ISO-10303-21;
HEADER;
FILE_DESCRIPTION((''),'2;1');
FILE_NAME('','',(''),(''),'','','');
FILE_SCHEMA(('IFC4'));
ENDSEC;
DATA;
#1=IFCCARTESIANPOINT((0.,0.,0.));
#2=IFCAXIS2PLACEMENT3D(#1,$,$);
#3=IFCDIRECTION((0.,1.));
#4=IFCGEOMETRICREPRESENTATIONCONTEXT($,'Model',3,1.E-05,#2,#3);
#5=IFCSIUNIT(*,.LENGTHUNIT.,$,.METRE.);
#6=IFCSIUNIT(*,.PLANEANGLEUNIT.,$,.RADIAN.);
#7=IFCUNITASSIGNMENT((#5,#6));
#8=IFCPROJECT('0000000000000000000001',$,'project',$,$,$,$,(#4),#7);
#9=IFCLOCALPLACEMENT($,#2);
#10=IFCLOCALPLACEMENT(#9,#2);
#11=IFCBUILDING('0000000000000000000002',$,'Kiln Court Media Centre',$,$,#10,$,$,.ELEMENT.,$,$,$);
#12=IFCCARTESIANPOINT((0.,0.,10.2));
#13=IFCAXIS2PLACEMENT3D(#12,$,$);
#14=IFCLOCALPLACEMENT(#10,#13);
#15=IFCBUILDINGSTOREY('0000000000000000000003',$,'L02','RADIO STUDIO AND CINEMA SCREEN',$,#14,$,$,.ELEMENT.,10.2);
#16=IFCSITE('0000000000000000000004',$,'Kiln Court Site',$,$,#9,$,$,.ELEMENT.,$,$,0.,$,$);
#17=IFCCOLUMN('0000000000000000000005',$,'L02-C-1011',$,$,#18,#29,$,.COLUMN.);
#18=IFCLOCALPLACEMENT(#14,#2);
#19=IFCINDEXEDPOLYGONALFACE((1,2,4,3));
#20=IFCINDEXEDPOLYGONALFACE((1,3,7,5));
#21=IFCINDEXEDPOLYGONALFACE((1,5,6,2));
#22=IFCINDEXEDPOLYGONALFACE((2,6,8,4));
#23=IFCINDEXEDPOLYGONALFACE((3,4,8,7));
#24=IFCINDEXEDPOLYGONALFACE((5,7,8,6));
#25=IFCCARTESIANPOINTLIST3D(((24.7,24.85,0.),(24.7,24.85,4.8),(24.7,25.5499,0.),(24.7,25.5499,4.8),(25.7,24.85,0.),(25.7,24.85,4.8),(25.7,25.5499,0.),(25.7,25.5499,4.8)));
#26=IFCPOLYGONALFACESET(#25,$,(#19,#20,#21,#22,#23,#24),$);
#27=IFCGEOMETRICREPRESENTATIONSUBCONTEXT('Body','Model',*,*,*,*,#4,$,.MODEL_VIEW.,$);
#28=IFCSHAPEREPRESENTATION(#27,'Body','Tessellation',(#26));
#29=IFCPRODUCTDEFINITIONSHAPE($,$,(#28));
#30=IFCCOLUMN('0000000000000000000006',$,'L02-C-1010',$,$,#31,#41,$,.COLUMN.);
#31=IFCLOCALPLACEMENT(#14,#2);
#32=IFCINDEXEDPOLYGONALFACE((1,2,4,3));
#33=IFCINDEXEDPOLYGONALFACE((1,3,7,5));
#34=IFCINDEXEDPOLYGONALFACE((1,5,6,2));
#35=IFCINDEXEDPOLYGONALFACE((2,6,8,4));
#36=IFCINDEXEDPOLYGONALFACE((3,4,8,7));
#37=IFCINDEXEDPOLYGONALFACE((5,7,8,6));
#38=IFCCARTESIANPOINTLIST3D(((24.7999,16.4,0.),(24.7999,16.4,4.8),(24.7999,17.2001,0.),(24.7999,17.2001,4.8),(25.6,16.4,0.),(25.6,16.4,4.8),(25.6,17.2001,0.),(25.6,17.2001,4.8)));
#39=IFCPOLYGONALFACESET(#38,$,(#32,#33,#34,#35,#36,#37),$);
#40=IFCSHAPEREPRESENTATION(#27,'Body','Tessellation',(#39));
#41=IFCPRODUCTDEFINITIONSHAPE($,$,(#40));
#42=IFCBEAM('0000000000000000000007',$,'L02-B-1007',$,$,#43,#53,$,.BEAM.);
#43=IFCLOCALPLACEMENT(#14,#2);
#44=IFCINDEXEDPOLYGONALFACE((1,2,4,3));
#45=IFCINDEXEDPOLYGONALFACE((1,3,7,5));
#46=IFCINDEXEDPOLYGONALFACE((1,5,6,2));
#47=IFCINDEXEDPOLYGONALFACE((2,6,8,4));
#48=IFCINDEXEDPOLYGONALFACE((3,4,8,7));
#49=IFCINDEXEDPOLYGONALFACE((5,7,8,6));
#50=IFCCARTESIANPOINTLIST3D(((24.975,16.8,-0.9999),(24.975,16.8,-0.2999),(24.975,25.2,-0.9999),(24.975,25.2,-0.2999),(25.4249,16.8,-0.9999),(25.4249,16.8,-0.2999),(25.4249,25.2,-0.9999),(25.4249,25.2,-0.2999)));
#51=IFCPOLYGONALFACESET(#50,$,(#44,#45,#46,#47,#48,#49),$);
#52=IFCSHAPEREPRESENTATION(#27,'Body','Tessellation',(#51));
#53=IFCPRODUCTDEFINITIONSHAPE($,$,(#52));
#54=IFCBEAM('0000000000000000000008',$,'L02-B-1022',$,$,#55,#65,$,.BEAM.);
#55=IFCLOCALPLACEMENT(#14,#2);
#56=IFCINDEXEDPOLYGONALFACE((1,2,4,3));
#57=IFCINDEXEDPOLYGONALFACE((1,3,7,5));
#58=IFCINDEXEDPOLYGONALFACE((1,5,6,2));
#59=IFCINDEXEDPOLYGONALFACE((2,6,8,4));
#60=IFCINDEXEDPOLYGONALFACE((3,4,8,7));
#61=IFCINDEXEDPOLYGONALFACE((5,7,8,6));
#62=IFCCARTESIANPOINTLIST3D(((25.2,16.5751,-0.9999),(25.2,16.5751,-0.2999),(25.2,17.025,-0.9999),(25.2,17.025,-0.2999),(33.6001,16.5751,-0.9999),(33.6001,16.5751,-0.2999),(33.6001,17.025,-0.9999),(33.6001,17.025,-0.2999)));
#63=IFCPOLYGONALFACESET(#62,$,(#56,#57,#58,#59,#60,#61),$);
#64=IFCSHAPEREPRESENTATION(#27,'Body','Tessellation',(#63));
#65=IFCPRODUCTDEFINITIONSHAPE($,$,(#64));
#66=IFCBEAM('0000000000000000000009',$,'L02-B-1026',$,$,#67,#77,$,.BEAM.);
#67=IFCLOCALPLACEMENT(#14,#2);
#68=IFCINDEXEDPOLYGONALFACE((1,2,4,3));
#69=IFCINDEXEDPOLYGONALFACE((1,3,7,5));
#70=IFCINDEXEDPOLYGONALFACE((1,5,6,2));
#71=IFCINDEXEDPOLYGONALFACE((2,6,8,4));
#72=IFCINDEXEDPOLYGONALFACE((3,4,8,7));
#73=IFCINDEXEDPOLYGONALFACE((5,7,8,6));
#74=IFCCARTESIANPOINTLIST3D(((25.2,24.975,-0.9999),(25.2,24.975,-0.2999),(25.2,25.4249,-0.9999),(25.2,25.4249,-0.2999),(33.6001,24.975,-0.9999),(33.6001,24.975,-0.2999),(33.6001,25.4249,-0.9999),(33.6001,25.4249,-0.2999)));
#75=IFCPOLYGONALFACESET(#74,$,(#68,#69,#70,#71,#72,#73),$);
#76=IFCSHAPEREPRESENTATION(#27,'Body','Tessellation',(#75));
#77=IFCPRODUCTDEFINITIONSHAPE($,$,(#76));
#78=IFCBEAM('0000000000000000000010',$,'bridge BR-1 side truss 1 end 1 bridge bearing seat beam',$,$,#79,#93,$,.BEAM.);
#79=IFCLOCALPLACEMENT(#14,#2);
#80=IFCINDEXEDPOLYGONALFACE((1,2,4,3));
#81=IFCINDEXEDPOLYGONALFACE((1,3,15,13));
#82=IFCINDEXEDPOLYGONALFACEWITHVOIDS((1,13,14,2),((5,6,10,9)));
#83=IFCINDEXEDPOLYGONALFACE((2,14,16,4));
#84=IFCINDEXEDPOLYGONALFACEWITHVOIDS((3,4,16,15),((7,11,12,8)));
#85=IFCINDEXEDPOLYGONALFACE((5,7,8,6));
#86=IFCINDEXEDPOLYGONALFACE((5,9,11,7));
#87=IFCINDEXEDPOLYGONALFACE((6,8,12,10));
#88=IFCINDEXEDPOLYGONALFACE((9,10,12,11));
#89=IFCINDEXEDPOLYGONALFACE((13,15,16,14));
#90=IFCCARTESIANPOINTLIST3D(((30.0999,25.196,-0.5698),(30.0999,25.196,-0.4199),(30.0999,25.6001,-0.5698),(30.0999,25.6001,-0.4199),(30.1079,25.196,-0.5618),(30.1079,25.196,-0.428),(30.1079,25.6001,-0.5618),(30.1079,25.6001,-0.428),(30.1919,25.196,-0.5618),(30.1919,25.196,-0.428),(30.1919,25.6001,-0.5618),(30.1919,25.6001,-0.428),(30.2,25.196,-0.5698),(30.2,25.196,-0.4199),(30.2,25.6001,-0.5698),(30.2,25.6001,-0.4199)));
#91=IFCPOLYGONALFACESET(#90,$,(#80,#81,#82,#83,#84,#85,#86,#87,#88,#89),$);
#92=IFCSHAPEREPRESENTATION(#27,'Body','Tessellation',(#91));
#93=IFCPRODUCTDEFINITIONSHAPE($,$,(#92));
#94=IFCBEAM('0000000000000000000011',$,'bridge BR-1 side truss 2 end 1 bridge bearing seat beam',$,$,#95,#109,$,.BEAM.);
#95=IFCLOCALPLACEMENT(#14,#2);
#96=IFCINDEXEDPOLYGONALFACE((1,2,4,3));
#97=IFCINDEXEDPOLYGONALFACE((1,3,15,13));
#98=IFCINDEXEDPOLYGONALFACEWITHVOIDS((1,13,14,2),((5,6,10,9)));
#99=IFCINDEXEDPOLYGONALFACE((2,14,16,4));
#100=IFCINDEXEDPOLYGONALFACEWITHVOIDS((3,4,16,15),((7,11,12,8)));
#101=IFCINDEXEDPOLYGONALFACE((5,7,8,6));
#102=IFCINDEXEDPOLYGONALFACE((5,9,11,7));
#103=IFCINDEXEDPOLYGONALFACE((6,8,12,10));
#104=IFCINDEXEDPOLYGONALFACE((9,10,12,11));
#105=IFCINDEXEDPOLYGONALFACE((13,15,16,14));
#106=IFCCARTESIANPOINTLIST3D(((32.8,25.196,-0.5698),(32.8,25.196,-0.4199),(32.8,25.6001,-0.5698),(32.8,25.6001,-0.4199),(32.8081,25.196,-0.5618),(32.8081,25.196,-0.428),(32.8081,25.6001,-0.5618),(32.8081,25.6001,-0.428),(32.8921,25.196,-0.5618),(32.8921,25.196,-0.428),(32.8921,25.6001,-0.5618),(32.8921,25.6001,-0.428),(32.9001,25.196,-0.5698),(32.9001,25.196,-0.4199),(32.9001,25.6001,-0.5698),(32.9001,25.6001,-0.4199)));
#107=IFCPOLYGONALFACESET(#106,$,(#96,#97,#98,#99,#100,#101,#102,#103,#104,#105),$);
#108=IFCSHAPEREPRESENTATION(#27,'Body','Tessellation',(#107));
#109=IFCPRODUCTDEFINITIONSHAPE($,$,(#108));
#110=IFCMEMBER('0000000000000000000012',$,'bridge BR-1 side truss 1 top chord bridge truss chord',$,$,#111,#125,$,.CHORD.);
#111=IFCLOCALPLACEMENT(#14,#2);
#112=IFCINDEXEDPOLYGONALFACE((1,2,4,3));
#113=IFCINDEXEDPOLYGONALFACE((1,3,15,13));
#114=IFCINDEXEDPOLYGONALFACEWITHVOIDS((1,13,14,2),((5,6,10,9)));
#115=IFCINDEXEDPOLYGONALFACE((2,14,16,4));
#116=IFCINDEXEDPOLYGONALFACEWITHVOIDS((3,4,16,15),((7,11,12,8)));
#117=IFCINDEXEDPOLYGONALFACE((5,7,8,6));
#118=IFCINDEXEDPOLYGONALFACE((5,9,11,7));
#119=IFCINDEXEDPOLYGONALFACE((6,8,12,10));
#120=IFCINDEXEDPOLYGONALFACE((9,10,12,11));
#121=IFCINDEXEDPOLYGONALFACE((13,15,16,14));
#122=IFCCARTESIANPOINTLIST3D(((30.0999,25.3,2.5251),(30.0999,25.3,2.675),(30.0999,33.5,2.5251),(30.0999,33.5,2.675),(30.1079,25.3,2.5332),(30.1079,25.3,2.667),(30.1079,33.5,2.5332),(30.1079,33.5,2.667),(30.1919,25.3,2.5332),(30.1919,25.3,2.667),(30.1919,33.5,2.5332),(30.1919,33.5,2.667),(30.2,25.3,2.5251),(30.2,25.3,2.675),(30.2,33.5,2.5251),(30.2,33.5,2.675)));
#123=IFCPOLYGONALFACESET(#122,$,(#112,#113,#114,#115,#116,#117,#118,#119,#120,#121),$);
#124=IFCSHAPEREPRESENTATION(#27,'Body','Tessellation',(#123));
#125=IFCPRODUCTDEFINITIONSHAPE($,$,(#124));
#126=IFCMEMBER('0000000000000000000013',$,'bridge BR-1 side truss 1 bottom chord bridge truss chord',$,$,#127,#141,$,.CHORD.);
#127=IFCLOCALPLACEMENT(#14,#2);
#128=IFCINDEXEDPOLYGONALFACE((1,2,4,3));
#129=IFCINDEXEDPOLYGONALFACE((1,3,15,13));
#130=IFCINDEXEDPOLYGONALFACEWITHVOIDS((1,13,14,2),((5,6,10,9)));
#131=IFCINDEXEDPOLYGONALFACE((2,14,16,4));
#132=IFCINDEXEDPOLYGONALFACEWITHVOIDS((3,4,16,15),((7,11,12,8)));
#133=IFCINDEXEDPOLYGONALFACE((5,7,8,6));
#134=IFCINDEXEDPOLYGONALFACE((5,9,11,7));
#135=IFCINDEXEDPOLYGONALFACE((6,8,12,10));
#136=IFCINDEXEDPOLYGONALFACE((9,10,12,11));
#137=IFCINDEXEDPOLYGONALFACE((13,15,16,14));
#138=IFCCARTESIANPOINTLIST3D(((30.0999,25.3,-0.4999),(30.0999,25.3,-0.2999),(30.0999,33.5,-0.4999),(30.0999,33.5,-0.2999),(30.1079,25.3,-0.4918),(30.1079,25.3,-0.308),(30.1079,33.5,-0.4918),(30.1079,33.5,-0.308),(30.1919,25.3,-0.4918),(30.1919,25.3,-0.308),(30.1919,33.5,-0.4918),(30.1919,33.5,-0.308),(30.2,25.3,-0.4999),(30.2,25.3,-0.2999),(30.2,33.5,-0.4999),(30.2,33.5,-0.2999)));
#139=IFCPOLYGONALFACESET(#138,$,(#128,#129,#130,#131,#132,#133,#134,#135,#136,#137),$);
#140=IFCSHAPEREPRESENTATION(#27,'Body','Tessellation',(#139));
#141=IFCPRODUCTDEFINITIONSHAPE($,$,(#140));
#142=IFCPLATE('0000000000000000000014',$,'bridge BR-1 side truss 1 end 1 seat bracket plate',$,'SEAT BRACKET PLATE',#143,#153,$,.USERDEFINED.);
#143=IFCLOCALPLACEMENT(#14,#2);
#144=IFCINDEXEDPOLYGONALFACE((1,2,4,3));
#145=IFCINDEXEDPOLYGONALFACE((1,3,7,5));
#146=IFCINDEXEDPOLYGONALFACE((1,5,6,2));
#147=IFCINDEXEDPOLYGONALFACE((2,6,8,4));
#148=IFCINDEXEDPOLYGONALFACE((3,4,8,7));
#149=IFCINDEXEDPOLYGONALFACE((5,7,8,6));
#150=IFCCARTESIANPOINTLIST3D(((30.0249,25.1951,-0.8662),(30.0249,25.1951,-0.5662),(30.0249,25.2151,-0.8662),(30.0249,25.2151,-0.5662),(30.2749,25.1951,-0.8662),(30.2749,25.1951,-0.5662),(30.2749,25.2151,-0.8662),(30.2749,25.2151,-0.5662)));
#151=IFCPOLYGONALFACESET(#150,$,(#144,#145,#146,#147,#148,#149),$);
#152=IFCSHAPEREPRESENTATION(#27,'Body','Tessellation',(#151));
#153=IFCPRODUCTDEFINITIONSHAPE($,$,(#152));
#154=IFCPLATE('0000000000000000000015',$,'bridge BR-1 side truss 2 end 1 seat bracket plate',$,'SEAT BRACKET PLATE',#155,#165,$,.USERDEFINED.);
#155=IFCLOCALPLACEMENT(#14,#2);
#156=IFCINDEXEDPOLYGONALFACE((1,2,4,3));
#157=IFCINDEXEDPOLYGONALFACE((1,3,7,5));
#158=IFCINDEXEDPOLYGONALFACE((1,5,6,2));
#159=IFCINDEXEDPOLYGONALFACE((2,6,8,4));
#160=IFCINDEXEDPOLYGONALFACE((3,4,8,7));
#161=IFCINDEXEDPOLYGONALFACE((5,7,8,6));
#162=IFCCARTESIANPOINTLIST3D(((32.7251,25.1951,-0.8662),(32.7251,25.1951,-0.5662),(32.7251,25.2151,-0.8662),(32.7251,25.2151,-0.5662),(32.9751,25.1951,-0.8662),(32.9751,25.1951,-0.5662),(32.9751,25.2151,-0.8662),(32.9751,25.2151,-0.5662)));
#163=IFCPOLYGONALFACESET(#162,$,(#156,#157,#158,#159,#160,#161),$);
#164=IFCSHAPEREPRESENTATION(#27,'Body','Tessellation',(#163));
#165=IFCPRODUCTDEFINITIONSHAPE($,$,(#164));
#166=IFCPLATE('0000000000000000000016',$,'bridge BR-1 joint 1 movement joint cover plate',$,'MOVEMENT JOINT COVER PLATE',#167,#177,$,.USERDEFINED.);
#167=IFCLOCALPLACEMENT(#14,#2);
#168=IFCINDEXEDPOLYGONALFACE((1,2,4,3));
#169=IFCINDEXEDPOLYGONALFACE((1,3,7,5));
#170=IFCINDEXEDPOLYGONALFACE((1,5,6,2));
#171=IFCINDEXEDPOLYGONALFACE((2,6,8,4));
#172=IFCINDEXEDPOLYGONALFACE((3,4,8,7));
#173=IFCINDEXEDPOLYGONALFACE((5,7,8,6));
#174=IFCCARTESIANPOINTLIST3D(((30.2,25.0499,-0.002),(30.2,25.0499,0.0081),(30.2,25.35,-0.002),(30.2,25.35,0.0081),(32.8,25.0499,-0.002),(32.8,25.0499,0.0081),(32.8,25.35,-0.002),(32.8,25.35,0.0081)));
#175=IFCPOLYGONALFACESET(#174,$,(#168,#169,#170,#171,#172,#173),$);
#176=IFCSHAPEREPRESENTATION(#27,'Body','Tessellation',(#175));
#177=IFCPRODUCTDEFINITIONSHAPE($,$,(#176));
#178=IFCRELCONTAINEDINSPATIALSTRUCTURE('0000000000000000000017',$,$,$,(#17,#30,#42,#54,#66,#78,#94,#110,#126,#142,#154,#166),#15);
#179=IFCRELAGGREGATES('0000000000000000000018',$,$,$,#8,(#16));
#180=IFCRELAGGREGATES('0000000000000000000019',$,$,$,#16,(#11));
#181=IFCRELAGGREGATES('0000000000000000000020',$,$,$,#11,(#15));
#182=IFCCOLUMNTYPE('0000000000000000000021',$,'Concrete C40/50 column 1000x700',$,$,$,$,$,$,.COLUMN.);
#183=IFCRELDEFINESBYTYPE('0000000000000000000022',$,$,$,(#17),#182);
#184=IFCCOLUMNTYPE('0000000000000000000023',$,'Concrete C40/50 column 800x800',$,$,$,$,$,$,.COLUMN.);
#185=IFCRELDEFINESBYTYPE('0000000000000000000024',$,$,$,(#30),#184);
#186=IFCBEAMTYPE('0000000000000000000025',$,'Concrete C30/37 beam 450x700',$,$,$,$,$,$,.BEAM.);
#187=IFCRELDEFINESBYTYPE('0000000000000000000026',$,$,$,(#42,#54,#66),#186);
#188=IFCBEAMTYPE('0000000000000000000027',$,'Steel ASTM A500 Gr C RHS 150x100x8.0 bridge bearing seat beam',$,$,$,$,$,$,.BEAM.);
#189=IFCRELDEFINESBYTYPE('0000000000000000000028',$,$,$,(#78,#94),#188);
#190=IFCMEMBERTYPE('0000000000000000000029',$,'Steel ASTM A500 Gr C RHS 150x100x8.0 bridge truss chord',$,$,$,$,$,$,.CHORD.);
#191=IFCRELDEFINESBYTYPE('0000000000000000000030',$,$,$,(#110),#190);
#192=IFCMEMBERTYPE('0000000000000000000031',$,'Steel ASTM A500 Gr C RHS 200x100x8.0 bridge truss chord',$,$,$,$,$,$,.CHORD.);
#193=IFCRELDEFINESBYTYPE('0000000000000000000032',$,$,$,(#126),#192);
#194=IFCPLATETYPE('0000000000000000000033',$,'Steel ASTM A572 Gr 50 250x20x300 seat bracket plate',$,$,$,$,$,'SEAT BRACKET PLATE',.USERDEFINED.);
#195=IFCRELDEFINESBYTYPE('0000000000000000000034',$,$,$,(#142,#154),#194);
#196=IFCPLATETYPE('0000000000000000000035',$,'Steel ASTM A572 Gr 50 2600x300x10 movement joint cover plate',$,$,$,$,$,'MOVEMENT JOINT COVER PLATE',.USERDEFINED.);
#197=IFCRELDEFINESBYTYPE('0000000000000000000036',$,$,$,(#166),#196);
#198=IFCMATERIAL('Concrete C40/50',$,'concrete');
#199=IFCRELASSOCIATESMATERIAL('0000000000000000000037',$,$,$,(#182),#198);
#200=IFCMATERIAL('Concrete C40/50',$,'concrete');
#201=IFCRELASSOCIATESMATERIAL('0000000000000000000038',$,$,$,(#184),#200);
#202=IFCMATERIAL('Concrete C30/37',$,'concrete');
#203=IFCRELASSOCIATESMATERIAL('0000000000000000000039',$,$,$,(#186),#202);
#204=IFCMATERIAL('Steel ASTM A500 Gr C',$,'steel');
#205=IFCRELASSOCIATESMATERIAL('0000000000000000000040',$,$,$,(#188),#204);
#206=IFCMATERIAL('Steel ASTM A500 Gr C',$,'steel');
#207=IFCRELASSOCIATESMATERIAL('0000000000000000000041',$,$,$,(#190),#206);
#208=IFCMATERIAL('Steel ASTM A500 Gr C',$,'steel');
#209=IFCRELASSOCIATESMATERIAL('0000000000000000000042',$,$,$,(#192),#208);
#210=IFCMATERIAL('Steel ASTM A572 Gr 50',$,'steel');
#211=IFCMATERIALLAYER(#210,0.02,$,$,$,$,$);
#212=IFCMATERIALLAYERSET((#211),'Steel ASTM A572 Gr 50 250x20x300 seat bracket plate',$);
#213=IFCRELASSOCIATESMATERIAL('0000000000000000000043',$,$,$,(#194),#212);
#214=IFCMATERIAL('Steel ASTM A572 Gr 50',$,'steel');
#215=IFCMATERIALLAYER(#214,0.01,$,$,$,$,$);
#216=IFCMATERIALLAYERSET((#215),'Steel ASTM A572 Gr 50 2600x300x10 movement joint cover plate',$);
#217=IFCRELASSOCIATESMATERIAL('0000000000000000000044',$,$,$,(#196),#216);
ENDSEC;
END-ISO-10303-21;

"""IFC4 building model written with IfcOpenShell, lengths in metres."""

from ifc_helpers import new_model, si_unit, direction, frame, origin, origin_2d, place, context, subcontext, project, spatial, rectangle, hollow_rectangle, extrude, material, layer, layer_set, material_profile, profile_set, type_object, element, save


model = new_model("IFC4")

# Units and contexts
model_context = context("Model", 3, precision=1e-05, world=origin(), true_north=direction((0.0, 1.0)))
body_context = subcontext(model_context, "Body", "Model", "MODEL_VIEW")
ifc_project = project(units=[si_unit("LENGTHUNIT", "METRE"), si_unit("PLANEANGLEUNIT", "RADIAN")], contexts=[model_context])

# Site, building, storey
site_placement = place(None, origin())
site = spatial("IfcSite", under=ifc_project, at=site_placement, Name="Kiln Court Site", CompositionType="ELEMENT", RefElevation=0.0)
building_placement = place(site_placement, origin())
building = spatial("IfcBuilding", under=site, at=building_placement, Name="Kiln Court Media Centre", CompositionType="ELEMENT")
storey_placement = place(building_placement, frame((0.0, 0.0, 10.2)))
storey = spatial("IfcBuildingStorey", under=building, at=storey_placement, Name="L02", Description="RADIO STUDIO AND CINEMA SCREEN", CompositionType="ELEMENT", Elevation=10.2)

# Columns
ifc_material_1 = material(Name="Concrete C40/50", Category="concrete")
ifc_material_profile_1 = material_profile(ifc_material_1, rectangle(XDim=1.0, YDim=0.7, at=origin_2d()), Name="RC 1000x700")
ifc_profile_set_1 = profile_set([ifc_material_profile_1], Name="Concrete C40/50")
column_type_1 = type_object("IfcColumnType", Name="Concrete C40/50 column 1000x700", PredefinedType="COLUMN", material=ifc_profile_set_1)
column_1_placement = place(storey_placement, frame((25.2, 25.2, 0.0), z_axis=(0.0, 0.0, 1.0), x_axis=(1.0, 0.0, 0.0)))
element("IfcColumn", 1, at=column_1_placement, inside=storey, type_object=column_type_1, Name="L02-C-1011", PredefinedType="COLUMN", context=body_context, shape_type="SweptSolid", body=[
    extrude(rectangle(XDim=1.0, YDim=0.7, at=origin_2d()), origin(), (0.0, 0.0, 1.0), 4.8),
])
ifc_material_2 = material(Name="Concrete C40/50", Category="concrete")
ifc_material_profile_2 = material_profile(ifc_material_2, rectangle(XDim=0.8, YDim=0.8, at=origin_2d()), Name="RC 800x800")
ifc_profile_set_2 = profile_set([ifc_material_profile_2], Name="Concrete C40/50")
column_type_2 = type_object("IfcColumnType", Name="Concrete C40/50 column 800x800", PredefinedType="COLUMN", material=ifc_profile_set_2)
column_2_placement = place(storey_placement, frame((25.2, 16.8, 0.0), z_axis=(0.0, 0.0, 1.0), x_axis=(1.0, 0.0, 0.0)))
element("IfcColumn", 2, at=column_2_placement, inside=storey, type_object=column_type_2, Name="L02-C-1010", PredefinedType="COLUMN", context=body_context, shape_type="SweptSolid", body=[
    extrude(rectangle(XDim=0.8, YDim=0.8, at=origin_2d()), origin(), (0.0, 0.0, 1.0), 4.8),
])

# Beams
ifc_material_3 = material(Name="Concrete C30/37", Category="concrete")
ifc_material_profile_3 = material_profile(ifc_material_3, rectangle(XDim=0.45, YDim=0.7, at=origin_2d()), Name="RC 450x700")
ifc_profile_set_3 = profile_set([ifc_material_profile_3], Name="Concrete C30/37")
beam_type_1 = type_object("IfcBeamType", Name="Concrete C30/37 beam 450x700", PredefinedType="BEAM", material=ifc_profile_set_3)
beam_placement = place(storey_placement, frame((25.2, 16.8, -0.6499), z_axis=(0.0, 1.0, 0.0), x_axis=(-1.0, 0.0, 0.0)))
element("IfcBeam", 3, at=beam_placement, inside=storey, type_object=beam_type_1, Name="L02-B-1007", PredefinedType="BEAM", context=body_context, shape_type="SweptSolid", body=[
    extrude(rectangle(XDim=0.45, YDim=0.7, at=origin_2d()), origin(), (0.0, 0.0, 1.0), 8.3999),
])
for number, where, z_axis, x_axis, name in (
    (4, (25.2, 16.8, -0.6499), (1.0, 0.0, 0.0), (0.0, 1.0, 0.0), "L02-B-1022"),
    (5, (25.2, 25.2, -0.6499), (1.0, 0.0, 0.0), (0.0, 1.0, 0.0), "L02-B-1026"),
):
    element("IfcBeam", number, at=place(storey_placement, frame(where, z_axis=z_axis, x_axis=x_axis)), inside=storey, type_object=beam_type_1, Name=name, PredefinedType="BEAM", context=body_context, shape_type="SweptSolid", body=[
        extrude(rectangle(XDim=0.45, YDim=0.7, at=origin_2d()), origin(), (0.0, 0.0, 1.0), 8.4001),
    ])
ifc_material_4 = material(Name="Steel ASTM A500 Gr C", Category="steel")
ifc_material_profile_4 = material_profile(ifc_material_4, hollow_rectangle(XDim=0.1001, YDim=0.1499, WallThickness=0.0081, at=origin_2d()), Name="RHS 150x100x8.0")
ifc_profile_set_4 = profile_set([ifc_material_profile_4], Name="Steel ASTM A500 Gr C")
beam_type_2 = type_object("IfcBeamType", Name="Steel ASTM A500 Gr C RHS 150x100x8.0 bridge bearing seat beam", PredefinedType="BEAM", material=ifc_profile_set_4)
for number, where, z_axis, x_axis, name in (
    (6, (30.1499, 25.196, -0.4949), (0.0, 1.0, 0.0), (-1.0, 0.0, 0.0), "bridge BR-1 side truss 1 end 1 bridge bearing seat beam"),
    (7, (32.8501, 25.196, -0.4949), (0.0, 1.0, 0.0), (-1.0, 0.0, 0.0), "bridge BR-1 side truss 2 end 1 bridge bearing seat beam"),
):
    element("IfcBeam", number, at=place(storey_placement, frame(where, z_axis=z_axis, x_axis=x_axis)), inside=storey, type_object=beam_type_2, Name=name, PredefinedType="BEAM", context=body_context, shape_type="SweptSolid", body=[
        extrude(hollow_rectangle(XDim=0.1001, YDim=0.1499, WallThickness=0.0081, at=origin_2d()), origin(), (0.0, 0.0, 1.0), 0.4041),
    ])

# Members
ifc_material_5 = material(Name="Steel ASTM A500 Gr C", Category="steel")
ifc_material_profile_5 = material_profile(ifc_material_5, hollow_rectangle(XDim=0.1001, YDim=0.1499, WallThickness=0.0081, at=origin_2d()), Name="RHS 150x100x8.0")
ifc_profile_set_5 = profile_set([ifc_material_profile_5], Name="Steel ASTM A500 Gr C")
member_type_1 = type_object("IfcMemberType", Name="Steel ASTM A500 Gr C RHS 150x100x8.0 bridge truss chord", PredefinedType="CHORD", material=ifc_profile_set_5)
member_1_placement = place(storey_placement, frame((30.1499, 25.3, 2.6001), z_axis=(0.0, 1.0, 0.0), x_axis=(-1.0, 0.0, 0.0)))
element("IfcMember", 8, at=member_1_placement, inside=storey, type_object=member_type_1, Name="bridge BR-1 side truss 1 top chord bridge truss chord", PredefinedType="CHORD", context=body_context, shape_type="SweptSolid", body=[
    extrude(hollow_rectangle(XDim=0.1001, YDim=0.1499, WallThickness=0.0081, at=origin_2d()), origin(), (0.0, 0.0, 1.0), 8.2),
])
ifc_material_6 = material(Name="Steel ASTM A500 Gr C", Category="steel")
ifc_material_profile_6 = material_profile(ifc_material_6, hollow_rectangle(XDim=0.1001, YDim=0.2, WallThickness=0.0081, at=origin_2d()), Name="RHS 200x100x8.0")
ifc_profile_set_6 = profile_set([ifc_material_profile_6], Name="Steel ASTM A500 Gr C")
member_type_2 = type_object("IfcMemberType", Name="Steel ASTM A500 Gr C RHS 200x100x8.0 bridge truss chord", PredefinedType="CHORD", material=ifc_profile_set_6)
member_2_placement = place(storey_placement, frame((30.1499, 25.3, -0.3999), z_axis=(0.0, 1.0, 0.0), x_axis=(-1.0, 0.0, 0.0)))
element("IfcMember", 9, at=member_2_placement, inside=storey, type_object=member_type_2, Name="bridge BR-1 side truss 1 bottom chord bridge truss chord", PredefinedType="CHORD", context=body_context, shape_type="SweptSolid", body=[
    extrude(hollow_rectangle(XDim=0.1001, YDim=0.2, WallThickness=0.0081, at=origin_2d()), origin(), (0.0, 0.0, 1.0), 8.2),
])

# Plates
ifc_material_7 = material(Name="Steel ASTM A572 Gr 50", Category="steel")
ifc_layer_1 = layer(ifc_material_7, 0.02)
ifc_layer_set_1 = layer_set([ifc_layer_1], Name="Steel ASTM A572 Gr 50 250x20x300 seat bracket plate")
plate_type_1 = type_object("IfcPlateType", Name="Steel ASTM A572 Gr 50 250x20x300 seat bracket plate", ElementType="SEAT BRACKET PLATE", PredefinedType="USERDEFINED", material=ifc_layer_set_1)
for number, where, z_axis, x_axis, name in (
    (10, (30.1499, 25.2051, -0.8662), (0.0, 0.0, 1.0), (1.0, 0.0, 0.0), "bridge BR-1 side truss 1 end 1 seat bracket plate"),
    (11, (32.8501, 25.2051, -0.8662), (0.0, 0.0, 1.0), (1.0, 0.0, 0.0), "bridge BR-1 side truss 2 end 1 seat bracket plate"),
):
    element("IfcPlate", number, at=place(storey_placement, frame(where, z_axis=z_axis, x_axis=x_axis)), inside=storey, type_object=plate_type_1, Name=name, ObjectType="SEAT BRACKET PLATE", PredefinedType="USERDEFINED", context=body_context, shape_type="SweptSolid", body=[
        extrude(rectangle(XDim=0.25, YDim=0.02, at=origin_2d()), origin(), (0.0, 0.0, 1.0), 0.3),
    ])
ifc_material_8 = material(Name="Steel ASTM A572 Gr 50", Category="steel")
ifc_layer_2 = layer(ifc_material_8, 0.01)
ifc_layer_set_2 = layer_set([ifc_layer_2], Name="Steel ASTM A572 Gr 50 2600x300x10 movement joint cover plate")
plate_type_2 = type_object("IfcPlateType", Name="Steel ASTM A572 Gr 50 2600x300x10 movement joint cover plate", ElementType="MOVEMENT JOINT COVER PLATE", PredefinedType="USERDEFINED", material=ifc_layer_set_2)
plate_placement = place(storey_placement, frame((31.5, 25.2, -0.002), z_axis=(0.0, 0.0, 1.0), x_axis=(1.0, 0.0, 0.0)))
element("IfcPlate", 12, at=plate_placement, inside=storey, type_object=plate_type_2, Name="bridge BR-1 joint 1 movement joint cover plate", ObjectType="MOVEMENT JOINT COVER PLATE", PredefinedType="USERDEFINED", context=body_context, shape_type="SweptSolid", body=[
    extrude(rectangle(XDim=2.6001, YDim=0.3, at=origin_2d()), origin(), (0.0, 0.0, 1.0), 0.01),
])

save(model, "model.ifc")
